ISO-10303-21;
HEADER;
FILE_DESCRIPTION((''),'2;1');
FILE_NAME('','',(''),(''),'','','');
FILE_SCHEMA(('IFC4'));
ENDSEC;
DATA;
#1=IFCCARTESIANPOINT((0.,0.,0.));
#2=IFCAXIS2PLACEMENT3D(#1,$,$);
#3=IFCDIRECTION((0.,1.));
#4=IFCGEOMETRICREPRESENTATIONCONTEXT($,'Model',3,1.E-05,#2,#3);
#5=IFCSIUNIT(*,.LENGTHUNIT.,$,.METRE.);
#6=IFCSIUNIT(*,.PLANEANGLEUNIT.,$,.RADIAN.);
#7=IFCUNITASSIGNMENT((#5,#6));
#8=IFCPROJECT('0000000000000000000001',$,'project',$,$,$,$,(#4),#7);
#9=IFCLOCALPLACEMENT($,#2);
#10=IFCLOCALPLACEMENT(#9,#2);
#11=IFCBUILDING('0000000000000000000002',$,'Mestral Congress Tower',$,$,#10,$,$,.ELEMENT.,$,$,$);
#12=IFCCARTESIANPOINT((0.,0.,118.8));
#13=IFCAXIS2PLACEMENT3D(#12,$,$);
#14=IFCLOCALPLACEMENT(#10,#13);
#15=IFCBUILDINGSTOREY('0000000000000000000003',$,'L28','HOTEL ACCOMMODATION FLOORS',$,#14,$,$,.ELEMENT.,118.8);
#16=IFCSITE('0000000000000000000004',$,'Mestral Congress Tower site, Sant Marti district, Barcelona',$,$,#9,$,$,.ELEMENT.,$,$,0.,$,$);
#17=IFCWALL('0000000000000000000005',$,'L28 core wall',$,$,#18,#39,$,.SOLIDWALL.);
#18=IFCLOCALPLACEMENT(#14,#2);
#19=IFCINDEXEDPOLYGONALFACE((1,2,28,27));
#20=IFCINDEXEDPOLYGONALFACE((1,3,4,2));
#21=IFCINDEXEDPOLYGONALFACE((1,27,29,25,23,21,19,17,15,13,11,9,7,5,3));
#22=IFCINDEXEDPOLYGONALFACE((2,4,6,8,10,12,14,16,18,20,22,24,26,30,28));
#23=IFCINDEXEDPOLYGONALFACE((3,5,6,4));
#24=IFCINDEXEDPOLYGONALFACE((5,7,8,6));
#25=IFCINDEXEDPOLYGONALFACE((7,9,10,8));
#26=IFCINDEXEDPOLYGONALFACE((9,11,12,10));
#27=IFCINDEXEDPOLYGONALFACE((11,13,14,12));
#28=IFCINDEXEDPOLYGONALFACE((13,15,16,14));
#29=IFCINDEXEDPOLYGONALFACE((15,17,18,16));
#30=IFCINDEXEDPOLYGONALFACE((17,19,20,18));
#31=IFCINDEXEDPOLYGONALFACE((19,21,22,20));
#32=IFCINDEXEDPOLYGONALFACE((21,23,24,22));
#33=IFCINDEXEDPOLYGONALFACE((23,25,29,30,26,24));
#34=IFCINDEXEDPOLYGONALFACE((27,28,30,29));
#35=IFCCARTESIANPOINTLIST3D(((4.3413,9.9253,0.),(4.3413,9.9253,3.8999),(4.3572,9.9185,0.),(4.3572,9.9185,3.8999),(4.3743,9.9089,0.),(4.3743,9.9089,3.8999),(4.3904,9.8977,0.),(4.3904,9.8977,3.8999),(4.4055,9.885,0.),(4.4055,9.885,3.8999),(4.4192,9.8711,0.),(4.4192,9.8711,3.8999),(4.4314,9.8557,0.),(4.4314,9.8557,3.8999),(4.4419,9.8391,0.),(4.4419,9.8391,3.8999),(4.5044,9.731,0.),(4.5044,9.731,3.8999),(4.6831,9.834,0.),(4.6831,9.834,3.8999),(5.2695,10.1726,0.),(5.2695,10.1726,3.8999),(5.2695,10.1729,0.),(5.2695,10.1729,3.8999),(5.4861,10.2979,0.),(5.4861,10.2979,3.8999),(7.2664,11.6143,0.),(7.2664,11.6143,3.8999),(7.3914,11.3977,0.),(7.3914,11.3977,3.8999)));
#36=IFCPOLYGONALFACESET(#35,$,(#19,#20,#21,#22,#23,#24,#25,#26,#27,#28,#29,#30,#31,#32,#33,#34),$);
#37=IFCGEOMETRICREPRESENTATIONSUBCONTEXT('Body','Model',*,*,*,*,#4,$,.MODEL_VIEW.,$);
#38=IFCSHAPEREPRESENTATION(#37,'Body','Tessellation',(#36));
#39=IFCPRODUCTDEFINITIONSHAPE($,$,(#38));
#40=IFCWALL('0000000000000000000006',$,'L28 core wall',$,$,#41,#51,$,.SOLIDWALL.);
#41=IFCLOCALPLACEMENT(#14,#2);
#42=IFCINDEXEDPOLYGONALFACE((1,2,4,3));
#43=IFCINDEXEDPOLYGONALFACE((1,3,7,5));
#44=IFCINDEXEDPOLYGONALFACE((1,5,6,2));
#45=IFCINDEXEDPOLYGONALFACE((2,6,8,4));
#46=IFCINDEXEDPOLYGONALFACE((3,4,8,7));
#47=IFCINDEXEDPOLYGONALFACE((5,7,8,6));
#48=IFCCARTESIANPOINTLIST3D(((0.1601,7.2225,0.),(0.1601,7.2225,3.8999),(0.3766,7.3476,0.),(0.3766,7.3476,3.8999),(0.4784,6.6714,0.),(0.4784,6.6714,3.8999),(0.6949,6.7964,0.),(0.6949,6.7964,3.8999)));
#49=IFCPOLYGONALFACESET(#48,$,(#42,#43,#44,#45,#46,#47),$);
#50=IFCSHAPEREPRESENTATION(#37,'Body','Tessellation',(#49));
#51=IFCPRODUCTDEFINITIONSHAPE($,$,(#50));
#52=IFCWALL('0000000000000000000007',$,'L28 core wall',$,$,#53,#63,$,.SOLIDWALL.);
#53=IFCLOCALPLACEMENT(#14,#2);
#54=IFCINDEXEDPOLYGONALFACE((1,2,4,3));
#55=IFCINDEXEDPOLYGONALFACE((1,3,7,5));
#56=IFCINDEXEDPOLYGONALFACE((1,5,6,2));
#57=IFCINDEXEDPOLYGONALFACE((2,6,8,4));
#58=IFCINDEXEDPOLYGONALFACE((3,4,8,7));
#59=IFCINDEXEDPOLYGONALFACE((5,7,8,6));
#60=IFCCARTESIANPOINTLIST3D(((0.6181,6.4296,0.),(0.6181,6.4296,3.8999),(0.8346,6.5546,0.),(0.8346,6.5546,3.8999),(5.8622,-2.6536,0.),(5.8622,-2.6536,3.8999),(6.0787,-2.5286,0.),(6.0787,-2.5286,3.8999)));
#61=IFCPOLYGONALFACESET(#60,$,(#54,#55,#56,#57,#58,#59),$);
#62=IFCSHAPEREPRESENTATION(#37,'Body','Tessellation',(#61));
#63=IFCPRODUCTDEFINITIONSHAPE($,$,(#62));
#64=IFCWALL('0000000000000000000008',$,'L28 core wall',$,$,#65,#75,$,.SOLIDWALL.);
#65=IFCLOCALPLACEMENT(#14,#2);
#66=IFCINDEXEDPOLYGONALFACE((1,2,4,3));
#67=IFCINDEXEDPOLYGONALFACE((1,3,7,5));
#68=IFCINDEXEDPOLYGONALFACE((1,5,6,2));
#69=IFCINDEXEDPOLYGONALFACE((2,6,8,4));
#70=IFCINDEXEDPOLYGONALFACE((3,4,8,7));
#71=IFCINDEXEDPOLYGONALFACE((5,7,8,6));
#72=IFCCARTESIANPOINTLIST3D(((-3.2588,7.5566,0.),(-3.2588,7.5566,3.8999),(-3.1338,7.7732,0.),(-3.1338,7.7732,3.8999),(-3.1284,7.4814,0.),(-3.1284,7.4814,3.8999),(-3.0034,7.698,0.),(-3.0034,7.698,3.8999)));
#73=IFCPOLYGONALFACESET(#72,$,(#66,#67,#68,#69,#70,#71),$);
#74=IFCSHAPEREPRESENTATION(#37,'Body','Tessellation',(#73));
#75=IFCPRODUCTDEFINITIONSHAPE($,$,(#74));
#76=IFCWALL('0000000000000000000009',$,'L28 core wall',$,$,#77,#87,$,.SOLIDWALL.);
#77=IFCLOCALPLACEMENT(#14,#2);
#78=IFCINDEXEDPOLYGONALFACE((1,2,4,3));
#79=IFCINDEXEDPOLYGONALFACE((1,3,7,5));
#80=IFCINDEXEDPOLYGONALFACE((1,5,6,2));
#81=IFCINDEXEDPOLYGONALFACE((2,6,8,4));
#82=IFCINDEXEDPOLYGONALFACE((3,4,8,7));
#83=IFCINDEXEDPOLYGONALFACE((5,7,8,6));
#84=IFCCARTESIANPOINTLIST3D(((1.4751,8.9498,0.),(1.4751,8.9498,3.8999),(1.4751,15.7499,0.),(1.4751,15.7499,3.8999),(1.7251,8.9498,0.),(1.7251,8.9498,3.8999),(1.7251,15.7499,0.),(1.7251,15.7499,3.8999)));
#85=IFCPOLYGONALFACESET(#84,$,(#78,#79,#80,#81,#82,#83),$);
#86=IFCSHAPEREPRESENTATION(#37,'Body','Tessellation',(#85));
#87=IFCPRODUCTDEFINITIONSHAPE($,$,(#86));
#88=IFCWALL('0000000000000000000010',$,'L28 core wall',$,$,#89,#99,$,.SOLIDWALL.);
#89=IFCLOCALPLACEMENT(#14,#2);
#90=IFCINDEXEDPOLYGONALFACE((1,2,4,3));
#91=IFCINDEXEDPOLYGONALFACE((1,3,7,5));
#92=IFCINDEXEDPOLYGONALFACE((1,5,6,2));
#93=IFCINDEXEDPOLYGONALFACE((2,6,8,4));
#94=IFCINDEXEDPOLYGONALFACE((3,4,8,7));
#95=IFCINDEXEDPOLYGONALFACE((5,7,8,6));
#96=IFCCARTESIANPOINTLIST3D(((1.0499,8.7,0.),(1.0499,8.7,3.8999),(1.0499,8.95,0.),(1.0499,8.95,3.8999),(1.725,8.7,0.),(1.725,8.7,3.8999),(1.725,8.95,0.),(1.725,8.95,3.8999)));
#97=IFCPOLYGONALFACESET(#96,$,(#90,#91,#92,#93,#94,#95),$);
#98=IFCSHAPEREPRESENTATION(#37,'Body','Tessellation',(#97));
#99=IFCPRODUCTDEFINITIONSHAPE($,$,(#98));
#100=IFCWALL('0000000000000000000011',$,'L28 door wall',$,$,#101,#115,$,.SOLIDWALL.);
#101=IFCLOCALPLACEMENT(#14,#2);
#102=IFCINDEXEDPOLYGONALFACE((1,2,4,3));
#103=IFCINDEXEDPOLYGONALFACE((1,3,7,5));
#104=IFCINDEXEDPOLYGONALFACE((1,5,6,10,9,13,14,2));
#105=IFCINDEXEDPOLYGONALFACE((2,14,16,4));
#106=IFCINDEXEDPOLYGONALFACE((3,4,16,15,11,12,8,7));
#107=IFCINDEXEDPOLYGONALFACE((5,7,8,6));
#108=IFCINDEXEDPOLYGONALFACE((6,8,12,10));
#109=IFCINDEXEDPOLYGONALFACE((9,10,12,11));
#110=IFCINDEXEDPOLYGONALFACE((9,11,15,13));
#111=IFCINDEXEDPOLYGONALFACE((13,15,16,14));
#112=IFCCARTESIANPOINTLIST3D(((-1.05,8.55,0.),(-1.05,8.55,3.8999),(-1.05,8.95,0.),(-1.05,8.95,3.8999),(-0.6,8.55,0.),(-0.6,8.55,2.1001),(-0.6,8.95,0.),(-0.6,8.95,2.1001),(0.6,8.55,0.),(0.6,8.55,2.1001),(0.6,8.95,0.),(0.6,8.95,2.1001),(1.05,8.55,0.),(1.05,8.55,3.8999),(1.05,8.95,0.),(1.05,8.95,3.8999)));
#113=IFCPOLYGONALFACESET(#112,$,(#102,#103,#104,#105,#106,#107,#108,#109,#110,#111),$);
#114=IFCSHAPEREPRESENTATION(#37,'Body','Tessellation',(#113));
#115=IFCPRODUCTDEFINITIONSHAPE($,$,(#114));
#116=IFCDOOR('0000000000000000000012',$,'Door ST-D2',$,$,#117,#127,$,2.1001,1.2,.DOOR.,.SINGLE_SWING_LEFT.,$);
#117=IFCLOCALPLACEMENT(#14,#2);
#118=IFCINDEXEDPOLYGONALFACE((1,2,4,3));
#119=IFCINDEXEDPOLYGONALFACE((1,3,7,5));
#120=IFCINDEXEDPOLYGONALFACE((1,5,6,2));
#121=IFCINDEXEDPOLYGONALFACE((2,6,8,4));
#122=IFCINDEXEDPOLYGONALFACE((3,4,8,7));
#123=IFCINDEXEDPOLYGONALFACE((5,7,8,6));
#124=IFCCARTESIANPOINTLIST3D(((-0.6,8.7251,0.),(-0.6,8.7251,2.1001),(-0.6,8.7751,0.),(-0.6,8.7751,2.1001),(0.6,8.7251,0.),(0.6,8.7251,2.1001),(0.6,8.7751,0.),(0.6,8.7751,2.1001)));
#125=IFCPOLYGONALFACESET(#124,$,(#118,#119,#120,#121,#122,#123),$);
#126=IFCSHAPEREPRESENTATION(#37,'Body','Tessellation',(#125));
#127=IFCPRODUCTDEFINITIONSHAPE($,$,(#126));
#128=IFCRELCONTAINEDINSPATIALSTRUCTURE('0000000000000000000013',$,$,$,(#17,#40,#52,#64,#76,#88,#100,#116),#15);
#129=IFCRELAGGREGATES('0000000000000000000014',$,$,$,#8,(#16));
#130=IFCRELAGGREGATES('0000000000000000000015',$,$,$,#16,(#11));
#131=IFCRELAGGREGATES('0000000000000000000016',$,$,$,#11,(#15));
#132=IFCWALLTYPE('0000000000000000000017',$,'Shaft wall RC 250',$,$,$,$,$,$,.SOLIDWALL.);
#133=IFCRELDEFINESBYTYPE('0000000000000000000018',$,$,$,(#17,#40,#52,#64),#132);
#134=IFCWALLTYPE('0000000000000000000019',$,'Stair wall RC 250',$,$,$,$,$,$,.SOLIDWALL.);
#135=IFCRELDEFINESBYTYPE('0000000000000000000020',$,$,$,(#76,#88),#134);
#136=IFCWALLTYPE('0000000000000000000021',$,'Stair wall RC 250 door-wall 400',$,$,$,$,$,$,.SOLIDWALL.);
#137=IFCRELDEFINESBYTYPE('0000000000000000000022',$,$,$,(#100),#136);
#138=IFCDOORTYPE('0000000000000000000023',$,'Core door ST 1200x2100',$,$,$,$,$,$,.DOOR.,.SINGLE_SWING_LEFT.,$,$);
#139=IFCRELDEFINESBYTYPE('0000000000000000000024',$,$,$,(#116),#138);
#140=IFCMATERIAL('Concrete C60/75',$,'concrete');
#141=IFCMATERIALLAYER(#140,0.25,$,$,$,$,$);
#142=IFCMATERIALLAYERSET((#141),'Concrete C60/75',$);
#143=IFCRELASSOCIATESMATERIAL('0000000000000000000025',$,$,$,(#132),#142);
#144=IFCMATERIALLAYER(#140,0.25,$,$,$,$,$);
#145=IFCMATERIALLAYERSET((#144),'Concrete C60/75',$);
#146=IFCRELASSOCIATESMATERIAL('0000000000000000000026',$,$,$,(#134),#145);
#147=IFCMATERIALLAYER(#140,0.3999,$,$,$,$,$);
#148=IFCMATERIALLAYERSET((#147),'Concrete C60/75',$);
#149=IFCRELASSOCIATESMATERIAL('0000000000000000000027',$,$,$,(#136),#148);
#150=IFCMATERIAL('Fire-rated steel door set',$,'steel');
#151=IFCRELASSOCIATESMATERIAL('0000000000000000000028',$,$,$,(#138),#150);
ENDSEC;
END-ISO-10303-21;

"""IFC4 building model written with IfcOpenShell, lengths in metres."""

from ifc_helpers import new_model, si_unit, direction, frame, frame_2d, origin, place, context, subcontext, project, spatial, polyline, rectangle, outline, extrude, material, layer, layer_set, type_object, element, fill, save


model = new_model("IFC4")

# Units and contexts
model_context = context("Model", 3, precision=1e-05, world=origin(), true_north=direction((0.0, 1.0)))
body_context = subcontext(model_context, "Body", "Model", "MODEL_VIEW")
ifc_project = project(units=[si_unit("LENGTHUNIT", "METRE"), si_unit("PLANEANGLEUNIT", "RADIAN")], contexts=[model_context])

# Site, building, storey
site_placement = place(None, origin())
site = spatial("IfcSite", under=ifc_project, at=site_placement, Name="Mestral Congress Tower site, Sant Marti district, Barcelona", CompositionType="ELEMENT", RefElevation=0.0)
building_placement = place(site_placement, origin())
building = spatial("IfcBuilding", under=site, at=building_placement, Name="Mestral Congress Tower", CompositionType="ELEMENT")
storey_placement = place(building_placement, frame((0.0, 0.0, 118.8)))
storey = spatial("IfcBuildingStorey", under=building, at=storey_placement, Name="L28", Description="HOTEL ACCOMMODATION FLOORS", CompositionType="ELEMENT", Elevation=118.8)

# Shared definitions
ifc_material_1 = material(Name="Concrete C60/75", Category="concrete")

# Shared definitions
ifc_material_2 = material(Name="Fire-rated steel door set", Category="steel")

# Walls
placement = place(storey_placement, origin())
ifc_layer_1 = layer(ifc_material_1, 0.25)
ifc_layer_set_1 = layer_set([ifc_layer_1], Name="Concrete C60/75")
wall_type_1 = type_object("IfcWallType", Name="Shaft wall RC 250", PredefinedType="SOLIDWALL", material=ifc_layer_set_1)
element("IfcWall", 1, at=placement, inside=storey, type_object=wall_type_1, Name="L28 core wall", PredefinedType="SOLIDWALL", context=body_context, shape_type="SweptSolid", body=[
    extrude(outline(polyline([(5.2695, 10.1726), (5.2695, 10.1726), (4.6831, 9.834), (4.5044, 9.731), (4.4419, 9.8391), (4.4314, 9.8557), (4.4192, 9.8711), (4.4055, 9.885), (4.3904, 9.8977), (4.3743, 9.9089), (4.3572, 9.9185), (4.3413, 9.9253), (7.2664, 11.6143), (7.3914, 11.3977), (5.4861, 10.2979), (5.4861, 10.2979), (5.2695, 10.1729), (5.2695, 10.1726)])), origin(), (0.0, 0.0, 1.0), 3.8999),
])
wall_1_placement = place(storey_placement, frame((0.2683, 7.2852, 0.0), z_axis=(0.0, 0.0, 1.0), x_axis=(0.500099, -0.865968, 0.0)))
element("IfcWall", 2, at=wall_1_placement, inside=storey, type_object=wall_type_1, Name="L28 core wall", PredefinedType="SOLIDWALL", context=body_context, shape_type="SweptSolid", body=[
    extrude(rectangle(XDim=0.6365, YDim=0.25, at=frame_2d((0.3184, 0.0))), origin(), (0.0, 0.0, 1.0), 3.8999),
])
wall_2_placement = place(storey_placement, frame((5.9705, -2.5911, 0.0), z_axis=(0.0, 0.0, 1.0), x_axis=(-0.499994, 0.866029, 0.0)))
element("IfcWall", 3, at=wall_2_placement, inside=storey, type_object=wall_type_1, Name="L28 core wall", PredefinedType="SOLIDWALL", context=body_context, shape_type="SweptSolid", body=[
    extrude(rectangle(XDim=10.4883, YDim=0.25, at=frame_2d((5.2441, 0.0))), origin(), (0.0, 0.0, 1.0), 3.8999),
])
element("IfcWall", 4, at=placement, inside=storey, type_object=wall_type_1, Name="L28 core wall", PredefinedType="SOLIDWALL", context=body_context, shape_type="SweptSolid", body=[
    extrude(outline(polyline([(-3.1284, 7.4814), (-3.2588, 7.5566), (-3.1338, 7.7732), (-3.0034, 7.698), (-3.1284, 7.4814)])), origin(), (0.0, 0.0, 1.0), 3.8999),
])
ifc_layer_2 = layer(ifc_material_1, 0.25)
ifc_layer_set_2 = layer_set([ifc_layer_2], Name="Concrete C60/75")
wall_type_2 = type_object("IfcWallType", Name="Stair wall RC 250", PredefinedType="SOLIDWALL", material=ifc_layer_set_2)
wall_3_placement = place(storey_placement, frame((1.6001, 8.95, 0.0), z_axis=(0.0, 0.0, 1.0), x_axis=(0.0, 1.0, 0.0)))
element("IfcWall", 5, at=wall_3_placement, inside=storey, type_object=wall_type_2, Name="L28 core wall", PredefinedType="SOLIDWALL", context=body_context, shape_type="SweptSolid", body=[
    extrude(rectangle(XDim=6.8, YDim=0.25, at=frame_2d((3.3999, 0.0))), origin(), (0.0, 0.0, 1.0), 3.8999),
])
wall_4_placement = place(storey_placement, frame((1.05, 8.825, 0.0), z_axis=(0.0, 0.0, 1.0), x_axis=(1.0, 0.0, 0.0)))
element("IfcWall", 6, at=wall_4_placement, inside=storey, type_object=wall_type_2, Name="L28 core wall", PredefinedType="SOLIDWALL", context=body_context, shape_type="SweptSolid", body=[
    extrude(rectangle(XDim=0.675, YDim=0.25, at=frame_2d((0.3374, 0.0))), origin(), (0.0, 0.0, 1.0), 3.8999),
])

# Wall, opening, door
ifc_layer_3 = layer(ifc_material_1, 0.3999)
ifc_layer_set_3 = layer_set([ifc_layer_3], Name="Concrete C60/75")
wall_type_3 = type_object("IfcWallType", Name="Stair wall RC 250 door-wall 400", PredefinedType="SOLIDWALL", material=ifc_layer_set_3)
wall_5_placement = place(storey_placement, frame((1.05, 8.75, 0.0), z_axis=(0.0, 0.0, 1.0), x_axis=(-1.0, 0.0, 0.0)))
wall_5 = element("IfcWall", 7, at=wall_5_placement, inside=storey, type_object=wall_type_3, Name="L28 door wall", PredefinedType="SOLIDWALL", context=body_context, shape_type="SweptSolid", body=[
    extrude(rectangle(XDim=2.1001, YDim=0.3999, at=frame_2d((1.05, 0.0))), origin(), (0.0, 0.0, 1.0), 3.8999),
])
opening_1_placement = place(wall_5_placement, frame((0.45, 0.0, 0.0)))
opening_1 = element("IfcOpeningElement", 8, at=opening_1_placement, cuts=wall_5, PredefinedType="OPENING", context=body_context, shape_type="SweptSolid", body=[
    extrude(rectangle(XDim=1.2, YDim=2.1001, at=frame_2d((0.6001, 1.05))), frame((0.0, 0.21, 0.0), z_axis=(0.0, -1.0, 0.0), x_axis=(1.0, 0.0, 0.0)), (0.0, 0.0, 1.0), 0.4199),
])
door_type_1 = type_object("IfcDoorType", Name="Core door ST 1200x2100", OperationType="SINGLE_SWING_LEFT", PredefinedType="DOOR", material=ifc_material_2)
door_1_placement = place(opening_1_placement, origin())
door_1 = element("IfcDoor", 9, at=door_1_placement, inside=storey, type_object=door_type_1, Name="Door ST-D2", OperationType="SINGLE_SWING_LEFT", OverallHeight=2.1001, OverallWidth=1.2, PredefinedType="DOOR", context=body_context, shape_type="SweptSolid", body=[
    extrude(rectangle(XDim=1.2, YDim=2.1001, at=frame_2d((0.6001, 1.05))), frame((0.0, 0.0249, 0.0), z_axis=(0.0, -1.0, 0.0), x_axis=(1.0, 0.0, 0.0)), (0.0, 0.0, 1.0), 0.05),
])
fill(opening_1, door_1)

save(model, "model.ifc")
